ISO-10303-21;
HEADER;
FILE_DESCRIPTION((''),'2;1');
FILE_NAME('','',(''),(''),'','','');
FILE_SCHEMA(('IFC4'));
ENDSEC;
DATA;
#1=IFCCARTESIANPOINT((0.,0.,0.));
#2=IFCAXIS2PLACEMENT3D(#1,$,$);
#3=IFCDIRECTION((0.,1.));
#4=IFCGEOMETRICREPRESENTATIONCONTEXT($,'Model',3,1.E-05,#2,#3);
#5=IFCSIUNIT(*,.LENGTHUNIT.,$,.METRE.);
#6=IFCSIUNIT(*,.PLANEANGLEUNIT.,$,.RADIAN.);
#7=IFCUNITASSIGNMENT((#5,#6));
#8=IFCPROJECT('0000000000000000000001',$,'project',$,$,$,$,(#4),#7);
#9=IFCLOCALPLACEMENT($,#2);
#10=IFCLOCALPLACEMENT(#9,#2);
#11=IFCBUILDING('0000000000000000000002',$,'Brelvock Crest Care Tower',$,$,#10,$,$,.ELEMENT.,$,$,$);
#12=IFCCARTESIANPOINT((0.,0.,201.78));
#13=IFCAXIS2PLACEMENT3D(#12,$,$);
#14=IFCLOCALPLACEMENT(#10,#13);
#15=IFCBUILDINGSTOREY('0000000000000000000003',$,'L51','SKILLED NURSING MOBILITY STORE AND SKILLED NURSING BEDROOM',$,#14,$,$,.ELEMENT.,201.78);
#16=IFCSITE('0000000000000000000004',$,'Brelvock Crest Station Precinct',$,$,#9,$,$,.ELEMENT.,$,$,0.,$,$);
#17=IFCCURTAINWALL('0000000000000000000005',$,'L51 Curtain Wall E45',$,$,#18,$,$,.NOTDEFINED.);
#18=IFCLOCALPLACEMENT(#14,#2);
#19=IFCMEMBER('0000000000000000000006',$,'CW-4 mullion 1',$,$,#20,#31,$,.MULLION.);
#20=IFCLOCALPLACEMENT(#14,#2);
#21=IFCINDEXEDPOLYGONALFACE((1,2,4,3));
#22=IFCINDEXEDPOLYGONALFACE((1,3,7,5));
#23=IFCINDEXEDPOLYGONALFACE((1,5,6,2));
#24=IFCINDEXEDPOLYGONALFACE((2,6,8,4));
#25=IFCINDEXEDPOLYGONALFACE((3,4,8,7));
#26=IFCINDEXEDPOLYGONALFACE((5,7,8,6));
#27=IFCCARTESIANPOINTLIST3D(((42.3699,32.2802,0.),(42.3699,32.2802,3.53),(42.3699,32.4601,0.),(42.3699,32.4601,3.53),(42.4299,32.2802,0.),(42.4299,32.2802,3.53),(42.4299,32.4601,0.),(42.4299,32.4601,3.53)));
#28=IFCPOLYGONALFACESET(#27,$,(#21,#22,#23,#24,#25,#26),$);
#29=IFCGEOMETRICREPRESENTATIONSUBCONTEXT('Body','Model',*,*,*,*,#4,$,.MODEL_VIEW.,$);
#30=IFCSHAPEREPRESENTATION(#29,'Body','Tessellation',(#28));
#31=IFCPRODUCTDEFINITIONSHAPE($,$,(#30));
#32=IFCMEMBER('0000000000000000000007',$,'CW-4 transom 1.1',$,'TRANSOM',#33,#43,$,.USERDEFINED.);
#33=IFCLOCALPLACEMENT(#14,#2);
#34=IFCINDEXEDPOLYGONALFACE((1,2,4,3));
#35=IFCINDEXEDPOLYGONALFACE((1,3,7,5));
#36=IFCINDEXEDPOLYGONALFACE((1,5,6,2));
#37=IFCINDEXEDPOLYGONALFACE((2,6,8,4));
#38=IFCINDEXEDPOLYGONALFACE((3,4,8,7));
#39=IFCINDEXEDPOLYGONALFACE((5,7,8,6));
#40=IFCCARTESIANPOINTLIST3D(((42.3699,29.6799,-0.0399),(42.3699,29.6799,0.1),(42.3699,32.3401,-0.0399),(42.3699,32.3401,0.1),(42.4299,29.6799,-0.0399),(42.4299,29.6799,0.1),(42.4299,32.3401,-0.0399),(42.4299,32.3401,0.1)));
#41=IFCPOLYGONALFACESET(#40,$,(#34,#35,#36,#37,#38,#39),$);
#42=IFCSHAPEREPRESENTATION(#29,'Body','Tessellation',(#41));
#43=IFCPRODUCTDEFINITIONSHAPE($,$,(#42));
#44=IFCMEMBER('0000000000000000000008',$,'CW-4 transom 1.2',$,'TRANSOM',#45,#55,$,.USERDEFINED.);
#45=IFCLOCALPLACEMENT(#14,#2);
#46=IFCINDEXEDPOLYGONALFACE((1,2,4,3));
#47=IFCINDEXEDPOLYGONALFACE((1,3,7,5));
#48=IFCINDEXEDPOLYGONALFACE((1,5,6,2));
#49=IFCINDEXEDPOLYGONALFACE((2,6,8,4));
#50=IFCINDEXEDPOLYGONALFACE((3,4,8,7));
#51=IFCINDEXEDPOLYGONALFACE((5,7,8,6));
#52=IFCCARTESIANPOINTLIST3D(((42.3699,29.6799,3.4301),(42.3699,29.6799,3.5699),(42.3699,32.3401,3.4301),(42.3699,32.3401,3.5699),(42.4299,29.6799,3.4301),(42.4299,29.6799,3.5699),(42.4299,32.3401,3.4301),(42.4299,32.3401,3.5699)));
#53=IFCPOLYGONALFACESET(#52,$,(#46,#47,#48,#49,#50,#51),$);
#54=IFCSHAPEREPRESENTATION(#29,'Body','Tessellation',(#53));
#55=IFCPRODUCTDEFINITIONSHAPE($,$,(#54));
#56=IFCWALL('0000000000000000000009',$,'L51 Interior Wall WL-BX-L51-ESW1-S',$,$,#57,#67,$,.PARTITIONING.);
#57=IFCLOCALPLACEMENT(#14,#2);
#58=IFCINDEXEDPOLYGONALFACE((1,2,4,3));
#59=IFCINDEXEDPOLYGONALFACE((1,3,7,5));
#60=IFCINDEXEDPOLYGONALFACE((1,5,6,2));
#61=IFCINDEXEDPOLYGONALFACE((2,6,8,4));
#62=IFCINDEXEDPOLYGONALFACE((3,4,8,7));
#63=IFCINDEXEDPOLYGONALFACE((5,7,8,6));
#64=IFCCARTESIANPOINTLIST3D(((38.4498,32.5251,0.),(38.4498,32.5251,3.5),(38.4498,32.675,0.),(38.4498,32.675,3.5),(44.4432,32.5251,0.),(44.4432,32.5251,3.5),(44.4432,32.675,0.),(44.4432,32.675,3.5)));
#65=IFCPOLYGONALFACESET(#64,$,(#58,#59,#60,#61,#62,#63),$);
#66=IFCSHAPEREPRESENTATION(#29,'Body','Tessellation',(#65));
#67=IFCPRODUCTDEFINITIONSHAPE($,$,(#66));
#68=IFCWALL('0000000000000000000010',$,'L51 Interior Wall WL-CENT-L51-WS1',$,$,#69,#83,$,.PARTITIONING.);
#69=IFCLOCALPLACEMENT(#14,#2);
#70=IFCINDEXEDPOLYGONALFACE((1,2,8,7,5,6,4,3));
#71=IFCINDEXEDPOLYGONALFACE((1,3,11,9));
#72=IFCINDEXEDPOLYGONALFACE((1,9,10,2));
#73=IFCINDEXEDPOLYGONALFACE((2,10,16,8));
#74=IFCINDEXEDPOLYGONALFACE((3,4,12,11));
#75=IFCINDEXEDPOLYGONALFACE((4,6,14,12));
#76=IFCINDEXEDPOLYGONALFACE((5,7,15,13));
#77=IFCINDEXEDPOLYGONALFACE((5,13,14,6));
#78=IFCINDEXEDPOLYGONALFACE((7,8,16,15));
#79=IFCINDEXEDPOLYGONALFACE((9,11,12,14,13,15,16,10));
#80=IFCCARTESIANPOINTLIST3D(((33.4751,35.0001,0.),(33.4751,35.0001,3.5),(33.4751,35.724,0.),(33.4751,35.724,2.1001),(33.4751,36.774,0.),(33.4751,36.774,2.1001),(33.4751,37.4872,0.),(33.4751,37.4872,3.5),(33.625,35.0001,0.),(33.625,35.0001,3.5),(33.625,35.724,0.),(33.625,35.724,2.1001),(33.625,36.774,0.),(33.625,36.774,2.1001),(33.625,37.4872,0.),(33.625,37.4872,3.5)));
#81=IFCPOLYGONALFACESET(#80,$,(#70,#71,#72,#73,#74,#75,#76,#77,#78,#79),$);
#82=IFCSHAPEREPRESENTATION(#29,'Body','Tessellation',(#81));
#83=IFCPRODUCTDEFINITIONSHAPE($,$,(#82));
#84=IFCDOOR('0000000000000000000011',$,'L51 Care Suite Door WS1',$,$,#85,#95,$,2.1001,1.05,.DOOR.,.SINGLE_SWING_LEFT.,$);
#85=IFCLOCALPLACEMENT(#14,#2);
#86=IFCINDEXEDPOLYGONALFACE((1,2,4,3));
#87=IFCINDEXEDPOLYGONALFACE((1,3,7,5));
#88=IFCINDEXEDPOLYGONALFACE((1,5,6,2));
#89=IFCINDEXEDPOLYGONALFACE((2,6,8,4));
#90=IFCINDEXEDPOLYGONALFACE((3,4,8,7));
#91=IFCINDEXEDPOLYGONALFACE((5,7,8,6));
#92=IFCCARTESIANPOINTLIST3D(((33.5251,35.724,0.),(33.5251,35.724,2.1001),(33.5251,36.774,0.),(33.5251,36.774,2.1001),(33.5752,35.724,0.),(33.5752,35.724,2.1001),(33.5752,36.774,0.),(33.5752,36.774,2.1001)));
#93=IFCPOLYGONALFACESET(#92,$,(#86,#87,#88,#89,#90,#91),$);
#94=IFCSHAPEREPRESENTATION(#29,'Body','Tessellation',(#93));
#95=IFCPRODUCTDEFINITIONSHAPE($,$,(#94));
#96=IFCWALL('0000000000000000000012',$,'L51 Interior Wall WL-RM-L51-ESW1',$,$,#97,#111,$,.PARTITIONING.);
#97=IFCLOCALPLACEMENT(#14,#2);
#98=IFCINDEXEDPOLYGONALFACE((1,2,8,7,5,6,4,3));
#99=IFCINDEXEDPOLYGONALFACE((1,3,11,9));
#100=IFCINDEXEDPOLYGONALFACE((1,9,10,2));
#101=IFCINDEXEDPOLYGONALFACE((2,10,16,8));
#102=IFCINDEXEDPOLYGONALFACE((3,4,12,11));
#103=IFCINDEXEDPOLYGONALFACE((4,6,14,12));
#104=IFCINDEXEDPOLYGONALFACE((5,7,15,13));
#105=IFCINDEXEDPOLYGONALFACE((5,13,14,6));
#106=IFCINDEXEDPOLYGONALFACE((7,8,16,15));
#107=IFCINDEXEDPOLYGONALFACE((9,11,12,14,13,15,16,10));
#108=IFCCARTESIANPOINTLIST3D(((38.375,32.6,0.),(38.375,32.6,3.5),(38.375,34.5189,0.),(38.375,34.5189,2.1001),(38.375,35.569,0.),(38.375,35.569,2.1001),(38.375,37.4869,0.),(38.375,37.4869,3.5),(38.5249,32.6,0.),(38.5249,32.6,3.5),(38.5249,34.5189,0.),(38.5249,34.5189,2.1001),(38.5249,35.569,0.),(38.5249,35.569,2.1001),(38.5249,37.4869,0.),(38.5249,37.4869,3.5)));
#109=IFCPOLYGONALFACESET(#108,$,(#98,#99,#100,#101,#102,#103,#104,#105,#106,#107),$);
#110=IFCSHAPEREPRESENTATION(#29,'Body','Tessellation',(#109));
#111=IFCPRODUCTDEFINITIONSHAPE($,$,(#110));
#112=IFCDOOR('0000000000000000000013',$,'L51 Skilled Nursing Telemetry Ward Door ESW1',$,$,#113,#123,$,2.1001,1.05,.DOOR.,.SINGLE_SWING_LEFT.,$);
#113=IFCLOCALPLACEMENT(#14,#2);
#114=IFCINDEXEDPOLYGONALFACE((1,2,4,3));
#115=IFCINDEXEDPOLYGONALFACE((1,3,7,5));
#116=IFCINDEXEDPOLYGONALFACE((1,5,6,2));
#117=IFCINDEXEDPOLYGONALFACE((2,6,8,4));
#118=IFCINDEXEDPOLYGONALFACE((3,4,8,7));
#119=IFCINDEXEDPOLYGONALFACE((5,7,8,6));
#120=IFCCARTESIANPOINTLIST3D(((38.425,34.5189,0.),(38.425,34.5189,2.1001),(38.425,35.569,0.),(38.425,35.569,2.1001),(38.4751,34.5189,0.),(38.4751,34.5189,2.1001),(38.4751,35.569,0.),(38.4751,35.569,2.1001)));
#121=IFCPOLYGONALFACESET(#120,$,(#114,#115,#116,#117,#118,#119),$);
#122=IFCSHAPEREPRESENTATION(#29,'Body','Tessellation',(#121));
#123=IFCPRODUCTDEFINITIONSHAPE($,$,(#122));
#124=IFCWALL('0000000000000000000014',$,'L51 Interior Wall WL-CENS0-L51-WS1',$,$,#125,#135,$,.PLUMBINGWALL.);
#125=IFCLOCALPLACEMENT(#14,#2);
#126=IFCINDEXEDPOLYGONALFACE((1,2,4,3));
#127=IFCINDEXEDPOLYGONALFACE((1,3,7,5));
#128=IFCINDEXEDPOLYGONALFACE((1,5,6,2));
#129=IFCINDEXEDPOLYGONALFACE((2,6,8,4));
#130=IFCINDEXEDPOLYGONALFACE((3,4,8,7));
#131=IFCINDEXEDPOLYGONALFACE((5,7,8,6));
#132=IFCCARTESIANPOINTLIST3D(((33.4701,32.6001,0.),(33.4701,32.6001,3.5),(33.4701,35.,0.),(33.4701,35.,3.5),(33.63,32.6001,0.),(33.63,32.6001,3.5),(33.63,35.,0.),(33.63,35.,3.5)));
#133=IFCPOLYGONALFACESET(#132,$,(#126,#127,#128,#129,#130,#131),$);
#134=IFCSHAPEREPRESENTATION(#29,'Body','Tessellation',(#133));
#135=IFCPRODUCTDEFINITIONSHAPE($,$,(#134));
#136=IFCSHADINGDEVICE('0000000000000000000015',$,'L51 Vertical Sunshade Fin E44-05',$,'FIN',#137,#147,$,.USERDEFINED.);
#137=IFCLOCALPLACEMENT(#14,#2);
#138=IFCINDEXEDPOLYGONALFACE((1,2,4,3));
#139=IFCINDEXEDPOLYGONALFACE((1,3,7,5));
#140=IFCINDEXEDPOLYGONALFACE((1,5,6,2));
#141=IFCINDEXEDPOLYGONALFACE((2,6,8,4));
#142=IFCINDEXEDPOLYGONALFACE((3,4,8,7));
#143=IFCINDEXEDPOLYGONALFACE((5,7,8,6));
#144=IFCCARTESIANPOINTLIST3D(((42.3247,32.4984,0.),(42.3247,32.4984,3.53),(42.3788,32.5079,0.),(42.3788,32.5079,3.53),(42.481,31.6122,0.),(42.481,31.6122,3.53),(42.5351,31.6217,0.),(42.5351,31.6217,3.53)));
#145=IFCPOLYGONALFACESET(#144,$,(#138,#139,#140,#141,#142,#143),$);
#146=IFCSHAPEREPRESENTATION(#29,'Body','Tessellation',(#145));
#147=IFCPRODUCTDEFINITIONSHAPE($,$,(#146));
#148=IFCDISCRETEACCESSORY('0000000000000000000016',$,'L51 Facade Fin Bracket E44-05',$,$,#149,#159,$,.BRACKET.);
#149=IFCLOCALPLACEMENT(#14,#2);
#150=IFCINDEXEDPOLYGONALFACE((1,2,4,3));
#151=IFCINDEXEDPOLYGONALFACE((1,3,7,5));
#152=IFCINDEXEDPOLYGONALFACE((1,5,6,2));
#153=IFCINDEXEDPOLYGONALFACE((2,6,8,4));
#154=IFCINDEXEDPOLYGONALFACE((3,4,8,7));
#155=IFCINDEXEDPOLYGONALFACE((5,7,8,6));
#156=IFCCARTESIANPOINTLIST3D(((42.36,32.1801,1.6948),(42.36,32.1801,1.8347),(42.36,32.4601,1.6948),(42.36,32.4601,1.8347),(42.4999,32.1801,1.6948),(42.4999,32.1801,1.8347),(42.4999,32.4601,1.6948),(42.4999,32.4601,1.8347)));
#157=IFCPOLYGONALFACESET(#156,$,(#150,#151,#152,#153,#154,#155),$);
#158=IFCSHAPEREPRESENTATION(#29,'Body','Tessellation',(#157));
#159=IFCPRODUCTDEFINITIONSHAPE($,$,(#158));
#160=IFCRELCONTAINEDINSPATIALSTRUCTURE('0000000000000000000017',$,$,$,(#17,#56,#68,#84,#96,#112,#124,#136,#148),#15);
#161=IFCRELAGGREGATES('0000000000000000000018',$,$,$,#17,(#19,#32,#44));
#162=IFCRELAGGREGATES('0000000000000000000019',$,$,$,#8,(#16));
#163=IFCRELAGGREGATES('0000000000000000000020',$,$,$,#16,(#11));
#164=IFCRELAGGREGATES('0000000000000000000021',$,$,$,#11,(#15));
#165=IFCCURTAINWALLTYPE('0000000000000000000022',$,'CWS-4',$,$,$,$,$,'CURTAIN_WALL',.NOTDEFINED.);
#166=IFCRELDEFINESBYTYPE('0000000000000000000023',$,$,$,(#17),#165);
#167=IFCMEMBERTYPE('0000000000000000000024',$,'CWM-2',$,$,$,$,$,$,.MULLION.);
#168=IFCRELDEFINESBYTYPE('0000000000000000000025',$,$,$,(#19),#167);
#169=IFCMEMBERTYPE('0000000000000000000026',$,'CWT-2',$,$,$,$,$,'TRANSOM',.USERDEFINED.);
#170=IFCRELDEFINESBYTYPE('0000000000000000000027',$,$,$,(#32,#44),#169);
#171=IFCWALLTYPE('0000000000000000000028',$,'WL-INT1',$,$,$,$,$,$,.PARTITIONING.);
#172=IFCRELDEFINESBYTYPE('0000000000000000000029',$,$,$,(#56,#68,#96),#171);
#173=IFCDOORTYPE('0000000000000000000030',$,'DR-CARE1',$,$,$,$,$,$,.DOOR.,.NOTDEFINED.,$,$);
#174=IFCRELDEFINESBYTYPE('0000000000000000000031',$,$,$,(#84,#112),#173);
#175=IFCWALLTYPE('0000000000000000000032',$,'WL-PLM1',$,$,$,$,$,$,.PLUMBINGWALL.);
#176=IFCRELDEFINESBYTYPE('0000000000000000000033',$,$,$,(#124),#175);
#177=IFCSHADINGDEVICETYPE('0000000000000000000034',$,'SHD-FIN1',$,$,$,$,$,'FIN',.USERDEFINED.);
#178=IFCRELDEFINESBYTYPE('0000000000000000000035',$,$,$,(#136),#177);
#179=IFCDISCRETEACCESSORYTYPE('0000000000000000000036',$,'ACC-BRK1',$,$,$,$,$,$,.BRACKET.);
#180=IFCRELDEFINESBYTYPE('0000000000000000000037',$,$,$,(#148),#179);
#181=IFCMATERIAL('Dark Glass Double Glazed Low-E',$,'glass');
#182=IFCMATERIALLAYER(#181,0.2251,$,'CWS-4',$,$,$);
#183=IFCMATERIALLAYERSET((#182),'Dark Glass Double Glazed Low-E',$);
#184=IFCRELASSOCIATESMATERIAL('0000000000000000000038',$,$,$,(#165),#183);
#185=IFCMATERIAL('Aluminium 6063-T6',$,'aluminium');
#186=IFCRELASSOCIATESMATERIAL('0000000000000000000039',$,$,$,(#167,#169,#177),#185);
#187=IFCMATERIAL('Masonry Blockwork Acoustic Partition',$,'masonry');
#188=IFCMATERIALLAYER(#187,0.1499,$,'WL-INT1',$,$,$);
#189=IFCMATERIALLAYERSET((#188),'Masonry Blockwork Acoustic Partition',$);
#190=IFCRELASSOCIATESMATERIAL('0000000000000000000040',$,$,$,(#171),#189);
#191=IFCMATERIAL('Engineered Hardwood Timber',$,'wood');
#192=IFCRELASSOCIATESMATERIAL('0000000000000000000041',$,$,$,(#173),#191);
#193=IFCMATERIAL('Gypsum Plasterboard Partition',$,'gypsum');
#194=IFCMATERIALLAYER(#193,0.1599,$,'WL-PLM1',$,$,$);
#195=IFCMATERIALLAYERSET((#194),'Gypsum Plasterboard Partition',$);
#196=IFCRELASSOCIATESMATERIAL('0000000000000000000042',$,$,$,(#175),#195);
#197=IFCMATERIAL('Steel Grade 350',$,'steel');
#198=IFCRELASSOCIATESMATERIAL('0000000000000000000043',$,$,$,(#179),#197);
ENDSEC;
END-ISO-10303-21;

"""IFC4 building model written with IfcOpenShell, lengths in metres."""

from ifc_helpers import new_model, si_unit, direction, frame, frame_2d, origin, origin_2d, place, context, subcontext, project, spatial, rectangle, extrude, source, transform, mapped, material, layer, layer_set, material_profile, profile_set, type_object, element, fill, aggregate, save


model = new_model("IFC4")

# Units and contexts
model_context = context("Model", 3, precision=1e-05, world=origin(), true_north=direction((0.0, 1.0)))
body_context = subcontext(model_context, "Body", "Model", "MODEL_VIEW")
ifc_project = project(units=[si_unit("LENGTHUNIT", "METRE"), si_unit("PLANEANGLEUNIT", "RADIAN")], contexts=[model_context])

# Site, building, storey
site_placement = place(None, origin())
site = spatial("IfcSite", under=ifc_project, at=site_placement, Name="Brelvock Crest Station Precinct", CompositionType="ELEMENT", RefElevation=0.0)
building_placement = place(site_placement, origin())
building = spatial("IfcBuilding", under=site, at=building_placement, Name="Brelvock Crest Care Tower", CompositionType="ELEMENT")
storey_placement = place(building_placement, frame((0.0, 0.0, 201.78)))
storey = spatial("IfcBuildingStorey", under=building, at=storey_placement, Name="L51", Description="SKILLED NURSING MOBILITY STORE AND SKILLED NURSING BEDROOM", CompositionType="ELEMENT", Elevation=201.78)

# Shared definitions
ifc_material_1 = material(Name="Steel Grade 350", Category="steel")

# Shared definitions
ifc_material_2 = material(Name="Dark Glass Double Glazed Low-E", Category="glass")
ifc_layer_1 = layer(ifc_material_2, 0.2251, Name="CWS-4")
ifc_layer_set_1 = layer_set([ifc_layer_1], Name="Dark Glass Double Glazed Low-E")
curtain_wall_type = type_object("IfcCurtainWallType", Name="CWS-4", ElementType="CURTAIN_WALL", PredefinedType="NOTDEFINED", material=ifc_layer_set_1)
ifc_material_3 = material(Name="Aluminium 6063-T6", Category="aluminium")
ifc_material_profile_1 = material_profile(ifc_material_3, rectangle(XDim=0.0601, YDim=0.1799, at=origin_2d()), Name="ALU60x180")
ifc_profile_set_1 = profile_set([ifc_material_profile_1], Name="Aluminium 6063-T6")
member_type_1 = type_object("IfcMemberType", Name="CWM-2", PredefinedType="MULLION", material=ifc_profile_set_1)
shared_shape_1 = source(origin(), body_context, "Body", "SweptSolid", [
    extrude(rectangle(XDim=0.0601, YDim=0.1799, at=origin_2d()), origin(), (0.0, 0.0, 1.0), 3.53),
])

# Curtain wall, members
curtain_wall_1_placement = place(storey_placement, origin())
curtain_wall_1 = element("IfcCurtainWall", 1, at=curtain_wall_1_placement, inside=storey, type_object=curtain_wall_type, Name="L51 Curtain Wall E45", PredefinedType="NOTDEFINED")
member_1_placement = place(storey_placement, frame((42.3999, 32.3701, 0.0), z_axis=(0.0, 0.0, 1.0), x_axis=(1.0, 0.0, 0.0)))
member_1 = element("IfcMember", 2, at=member_1_placement, type_object=member_type_1, Name="CW-4 mullion 1", PredefinedType="MULLION", context=body_context, shape_type="MappedRepresentation", body=[
    mapped(shared_shape_1, transform((0.0, 0.0, 0.0), x_axis=(1.0, 0.0, 0.0), y_axis=(0.0, 1.0, 0.0), z_axis=(0.0, 0.0, 1.0), scale=1.0)),
])
ifc_material_profile_2 = material_profile(ifc_material_3, rectangle(XDim=0.0601, YDim=0.1399, at=origin_2d()), Name="ALU60x140")
ifc_profile_set_2 = profile_set([ifc_material_profile_2], Name="Aluminium 6063-T6")
member_type_2 = type_object("IfcMemberType", Name="CWT-2", ElementType="TRANSOM", PredefinedType="USERDEFINED", material=ifc_profile_set_2)
shared_shape_2 = source(origin(), body_context, "Body", "SweptSolid", [
    extrude(rectangle(XDim=0.0601, YDim=0.1399, at=origin_2d()), origin(), (0.0, 0.0, 1.0), 2.6602),
])
member_2_placement = place(storey_placement, frame((42.3999, 32.3401, 0.03), z_axis=(0.0, -1.0, 0.0), x_axis=(1.0, 0.0, 0.0)))
member_2 = element("IfcMember", 3, at=member_2_placement, type_object=member_type_2, Name="CW-4 transom 1.1", ObjectType="TRANSOM", PredefinedType="USERDEFINED", context=body_context, shape_type="MappedRepresentation", body=[
    mapped(shared_shape_2, transform((0.0, 0.0, 0.0), x_axis=(1.0, 0.0, 0.0), y_axis=(0.0, 1.0, 0.0), z_axis=(0.0, 0.0, 1.0), scale=1.0)),
])
member_3_placement = place(storey_placement, frame((42.3999, 32.3401, 3.5), z_axis=(0.0, -1.0, 0.0), x_axis=(1.0, 0.0, 0.0)))
member_3 = element("IfcMember", 4, at=member_3_placement, type_object=member_type_2, Name="CW-4 transom 1.2", ObjectType="TRANSOM", PredefinedType="USERDEFINED", context=body_context, shape_type="MappedRepresentation", body=[
    mapped(shared_shape_2, transform((0.0, 0.0, 0.0), x_axis=(1.0, 0.0, 0.0), y_axis=(0.0, 1.0, 0.0), z_axis=(0.0, 0.0, 1.0), scale=1.0)),
])
aggregate(curtain_wall_1, [member_1, member_2, member_3])

# Wall
ifc_material_4 = material(Name="Masonry Blockwork Acoustic Partition", Category="masonry")
ifc_layer_2 = layer(ifc_material_4, 0.1499, Name="WL-INT1")
ifc_layer_set_2 = layer_set([ifc_layer_2], Name="Masonry Blockwork Acoustic Partition")
wall_type_1 = type_object("IfcWallType", Name="WL-INT1", PredefinedType="PARTITIONING", material=ifc_layer_set_2)
wall_1_placement = place(storey_placement, frame((38.45, 32.6001, 0.0), z_axis=(0.0, 0.0, 1.0), x_axis=(1.0, 0.0, 0.0)))
element("IfcWall", 5, at=wall_1_placement, inside=storey, type_object=wall_type_1, Name="L51 Interior Wall WL-BX-L51-ESW1-S", PredefinedType="PARTITIONING", context=body_context, shape_type="SweptSolid", body=[
    extrude(rectangle(XDim=5.9934, YDim=0.1499, at=frame_2d((2.9966, 0.0))), origin(), (0.0, 0.0, 1.0), 3.5),
])

# Walls, openings, doors
wall_2_placement = place(storey_placement, frame((33.55, 35.0, 0.0), z_axis=(0.0, 0.0, 1.0), x_axis=(0.0, 1.0, 0.0)))
wall_2 = element("IfcWall", 6, at=wall_2_placement, inside=storey, type_object=wall_type_1, Name="L51 Interior Wall WL-CENT-L51-WS1", PredefinedType="PARTITIONING", context=body_context, shape_type="SweptSolid", body=[
    extrude(rectangle(XDim=2.4871, YDim=0.1499, at=frame_2d((1.2437, 0.0))), origin(), (0.0, 0.0, 1.0), 3.5),
])
opening_1_placement = place(wall_2_placement, frame((0.7241, 0.0, 0.0)))
opening_1 = element("IfcOpeningElement", 7, at=opening_1_placement, cuts=wall_2, PredefinedType="OPENING", context=body_context, shape_type="SweptSolid", body=[
    extrude(rectangle(XDim=1.05, YDim=2.1001, at=origin_2d()), frame((0.5249, 0.085, 1.05), z_axis=(0.0, -1.0, 0.0), x_axis=(1.0, 0.0, 0.0)), (0.0, 0.0, 1.0), 0.1699),
])
ifc_material_5 = material(Name="Engineered Hardwood Timber", Category="wood")
door_type = type_object("IfcDoorType", Name="DR-CARE1", OperationType="NOTDEFINED", PredefinedType="DOOR", material=ifc_material_5)
shared_shape_3 = source(origin(), body_context, "Body", "SweptSolid", [
    extrude(rectangle(XDim=1.05, YDim=2.1001, at=origin_2d()), frame((0.5249, 0.0249, 1.05), z_axis=(0.0, -1.0, 0.0), x_axis=(1.0, 0.0, 0.0)), (0.0, 0.0, 1.0), 0.05),
])
door_1_placement = place(opening_1_placement, origin())
door_1 = element("IfcDoor", 8, at=door_1_placement, inside=storey, type_object=door_type, Name="L51 Care Suite Door WS1", OperationType="SINGLE_SWING_LEFT", OverallHeight=2.1001, OverallWidth=1.05, PredefinedType="DOOR", context=body_context, shape_type="MappedRepresentation", body=[
    mapped(shared_shape_3, transform((0.0, 0.0, 0.0), x_axis=(1.0, 0.0, 0.0), y_axis=(0.0, 1.0, 0.0), z_axis=(0.0, 0.0, 1.0), scale=1.0)),
])
fill(opening_1, door_1)
wall_3_placement = place(storey_placement, frame((38.45, 32.6001, 0.0), z_axis=(0.0, 0.0, 1.0), x_axis=(0.0, 1.0, 0.0)))
wall_3 = element("IfcWall", 9, at=wall_3_placement, inside=storey, type_object=wall_type_1, Name="L51 Interior Wall WL-RM-L51-ESW1", PredefinedType="PARTITIONING", context=body_context, shape_type="SweptSolid", body=[
    extrude(rectangle(XDim=4.887, YDim=0.1499, at=frame_2d((2.4434, 0.0))), origin(), (0.0, 0.0, 1.0), 3.5),
])
opening_2_placement = place(wall_3_placement, frame((1.9189, 0.0, 0.0)))
opening_2 = element("IfcOpeningElement", 10, at=opening_2_placement, cuts=wall_3, PredefinedType="OPENING", context=body_context, shape_type="SweptSolid", body=[
    extrude(rectangle(XDim=1.05, YDim=2.1001, at=origin_2d()), frame((0.5249, 0.085, 1.05), z_axis=(0.0, -1.0, 0.0), x_axis=(1.0, 0.0, 0.0)), (0.0, 0.0, 1.0), 0.1699),
])
door_2_placement = place(opening_2_placement, origin())
door_2 = element("IfcDoor", 11, at=door_2_placement, inside=storey, type_object=door_type, Name="L51 Skilled Nursing Telemetry Ward Door ESW1", OperationType="SINGLE_SWING_LEFT", OverallHeight=2.1001, OverallWidth=1.05, PredefinedType="DOOR", context=body_context, shape_type="MappedRepresentation", body=[
    mapped(shared_shape_3, transform((0.0, 0.0, 0.0), x_axis=(1.0, 0.0, 0.0), y_axis=(0.0, 1.0, 0.0), z_axis=(0.0, 0.0, 1.0), scale=1.0)),
])
fill(opening_2, door_2)

# Wall
ifc_material_6 = material(Name="Gypsum Plasterboard Partition", Category="gypsum")
ifc_layer_3 = layer(ifc_material_6, 0.1599, Name="WL-PLM1")
ifc_layer_set_3 = layer_set([ifc_layer_3], Name="Gypsum Plasterboard Partition")
wall_type_2 = type_object("IfcWallType", Name="WL-PLM1", PredefinedType="PLUMBINGWALL", material=ifc_layer_set_3)
wall_4_placement = place(storey_placement, frame((33.55, 32.6001, 0.0), z_axis=(0.0, 0.0, 1.0), x_axis=(0.0, 1.0, 0.0)))
element("IfcWall", 12, at=wall_4_placement, inside=storey, type_object=wall_type_2, Name="L51 Interior Wall WL-CENS0-L51-WS1", PredefinedType="PLUMBINGWALL", context=body_context, shape_type="SweptSolid", body=[
    extrude(rectangle(XDim=2.3999, YDim=0.1599, at=frame_2d((1.2, 0.0))), origin(), (0.0, 0.0, 1.0), 3.5),
])

# Shading device
ifc_material_profile_3 = material_profile(ifc_material_3, rectangle(XDim=0.0549, YDim=0.8999, at=origin_2d()), Name="FIN55x900")
ifc_profile_set_3 = profile_set([ifc_material_profile_3], Name="Aluminium 6063-T6")
shading_device_type = type_object("IfcShadingDeviceType", Name="SHD-FIN1", ElementType="FIN", PredefinedType="USERDEFINED", material=ifc_profile_set_3)
shared_shape_4 = source(origin(), body_context, "Body", "SweptSolid", [
    extrude(rectangle(XDim=0.0549, YDim=0.8999, at=origin_2d()), origin(), (0.0, 0.0, 1.0), 3.53),
])
shading_device_placement = place(storey_placement, frame((42.4299, 32.0601, 0.0), z_axis=(0.0, 0.0, 1.0), x_axis=(-0.984808, -0.173648, 0.0)))
element("IfcShadingDevice", 13, at=shading_device_placement, inside=storey, type_object=shading_device_type, Name="L51 Vertical Sunshade Fin E44-05", ObjectType="FIN", PredefinedType="USERDEFINED", context=body_context, shape_type="MappedRepresentation", body=[
    mapped(shared_shape_4, transform((0.0, 0.0, 0.0), x_axis=(1.0, 0.0, 0.0), y_axis=(0.0, 1.0, 0.0), z_axis=(0.0, 0.0, 1.0), scale=1.0)),
])

# Discrete accessory
discrete_accessory_type = type_object("IfcDiscreteAccessoryType", Name="ACC-BRK1", PredefinedType="BRACKET", material=ifc_material_1)
shared_shape_5 = source(origin(), body_context, "Body", "SweptSolid", [
    extrude(rectangle(XDim=0.28, YDim=0.1399, at=origin_2d()), origin(), (0.0, 0.0, 1.0), 0.1399),
])
discrete_accessory_placement = place(storey_placement, frame((42.4299, 32.3201, 1.6948), z_axis=(0.0, 0.0, 1.0), x_axis=(0.0, -1.0, 0.0)))
element("IfcDiscreteAccessory", 14, at=discrete_accessory_placement, inside=storey, type_object=discrete_accessory_type, Name="L51 Facade Fin Bracket E44-05", PredefinedType="BRACKET", context=body_context, shape_type="MappedRepresentation", body=[
    mapped(shared_shape_5, transform((0.0, 0.0, 0.0), x_axis=(1.0, 0.0, 0.0), y_axis=(0.0, 1.0, 0.0), z_axis=(0.0, 0.0, 1.0), scale=1.0)),
])

save(model, "model.ifc")
